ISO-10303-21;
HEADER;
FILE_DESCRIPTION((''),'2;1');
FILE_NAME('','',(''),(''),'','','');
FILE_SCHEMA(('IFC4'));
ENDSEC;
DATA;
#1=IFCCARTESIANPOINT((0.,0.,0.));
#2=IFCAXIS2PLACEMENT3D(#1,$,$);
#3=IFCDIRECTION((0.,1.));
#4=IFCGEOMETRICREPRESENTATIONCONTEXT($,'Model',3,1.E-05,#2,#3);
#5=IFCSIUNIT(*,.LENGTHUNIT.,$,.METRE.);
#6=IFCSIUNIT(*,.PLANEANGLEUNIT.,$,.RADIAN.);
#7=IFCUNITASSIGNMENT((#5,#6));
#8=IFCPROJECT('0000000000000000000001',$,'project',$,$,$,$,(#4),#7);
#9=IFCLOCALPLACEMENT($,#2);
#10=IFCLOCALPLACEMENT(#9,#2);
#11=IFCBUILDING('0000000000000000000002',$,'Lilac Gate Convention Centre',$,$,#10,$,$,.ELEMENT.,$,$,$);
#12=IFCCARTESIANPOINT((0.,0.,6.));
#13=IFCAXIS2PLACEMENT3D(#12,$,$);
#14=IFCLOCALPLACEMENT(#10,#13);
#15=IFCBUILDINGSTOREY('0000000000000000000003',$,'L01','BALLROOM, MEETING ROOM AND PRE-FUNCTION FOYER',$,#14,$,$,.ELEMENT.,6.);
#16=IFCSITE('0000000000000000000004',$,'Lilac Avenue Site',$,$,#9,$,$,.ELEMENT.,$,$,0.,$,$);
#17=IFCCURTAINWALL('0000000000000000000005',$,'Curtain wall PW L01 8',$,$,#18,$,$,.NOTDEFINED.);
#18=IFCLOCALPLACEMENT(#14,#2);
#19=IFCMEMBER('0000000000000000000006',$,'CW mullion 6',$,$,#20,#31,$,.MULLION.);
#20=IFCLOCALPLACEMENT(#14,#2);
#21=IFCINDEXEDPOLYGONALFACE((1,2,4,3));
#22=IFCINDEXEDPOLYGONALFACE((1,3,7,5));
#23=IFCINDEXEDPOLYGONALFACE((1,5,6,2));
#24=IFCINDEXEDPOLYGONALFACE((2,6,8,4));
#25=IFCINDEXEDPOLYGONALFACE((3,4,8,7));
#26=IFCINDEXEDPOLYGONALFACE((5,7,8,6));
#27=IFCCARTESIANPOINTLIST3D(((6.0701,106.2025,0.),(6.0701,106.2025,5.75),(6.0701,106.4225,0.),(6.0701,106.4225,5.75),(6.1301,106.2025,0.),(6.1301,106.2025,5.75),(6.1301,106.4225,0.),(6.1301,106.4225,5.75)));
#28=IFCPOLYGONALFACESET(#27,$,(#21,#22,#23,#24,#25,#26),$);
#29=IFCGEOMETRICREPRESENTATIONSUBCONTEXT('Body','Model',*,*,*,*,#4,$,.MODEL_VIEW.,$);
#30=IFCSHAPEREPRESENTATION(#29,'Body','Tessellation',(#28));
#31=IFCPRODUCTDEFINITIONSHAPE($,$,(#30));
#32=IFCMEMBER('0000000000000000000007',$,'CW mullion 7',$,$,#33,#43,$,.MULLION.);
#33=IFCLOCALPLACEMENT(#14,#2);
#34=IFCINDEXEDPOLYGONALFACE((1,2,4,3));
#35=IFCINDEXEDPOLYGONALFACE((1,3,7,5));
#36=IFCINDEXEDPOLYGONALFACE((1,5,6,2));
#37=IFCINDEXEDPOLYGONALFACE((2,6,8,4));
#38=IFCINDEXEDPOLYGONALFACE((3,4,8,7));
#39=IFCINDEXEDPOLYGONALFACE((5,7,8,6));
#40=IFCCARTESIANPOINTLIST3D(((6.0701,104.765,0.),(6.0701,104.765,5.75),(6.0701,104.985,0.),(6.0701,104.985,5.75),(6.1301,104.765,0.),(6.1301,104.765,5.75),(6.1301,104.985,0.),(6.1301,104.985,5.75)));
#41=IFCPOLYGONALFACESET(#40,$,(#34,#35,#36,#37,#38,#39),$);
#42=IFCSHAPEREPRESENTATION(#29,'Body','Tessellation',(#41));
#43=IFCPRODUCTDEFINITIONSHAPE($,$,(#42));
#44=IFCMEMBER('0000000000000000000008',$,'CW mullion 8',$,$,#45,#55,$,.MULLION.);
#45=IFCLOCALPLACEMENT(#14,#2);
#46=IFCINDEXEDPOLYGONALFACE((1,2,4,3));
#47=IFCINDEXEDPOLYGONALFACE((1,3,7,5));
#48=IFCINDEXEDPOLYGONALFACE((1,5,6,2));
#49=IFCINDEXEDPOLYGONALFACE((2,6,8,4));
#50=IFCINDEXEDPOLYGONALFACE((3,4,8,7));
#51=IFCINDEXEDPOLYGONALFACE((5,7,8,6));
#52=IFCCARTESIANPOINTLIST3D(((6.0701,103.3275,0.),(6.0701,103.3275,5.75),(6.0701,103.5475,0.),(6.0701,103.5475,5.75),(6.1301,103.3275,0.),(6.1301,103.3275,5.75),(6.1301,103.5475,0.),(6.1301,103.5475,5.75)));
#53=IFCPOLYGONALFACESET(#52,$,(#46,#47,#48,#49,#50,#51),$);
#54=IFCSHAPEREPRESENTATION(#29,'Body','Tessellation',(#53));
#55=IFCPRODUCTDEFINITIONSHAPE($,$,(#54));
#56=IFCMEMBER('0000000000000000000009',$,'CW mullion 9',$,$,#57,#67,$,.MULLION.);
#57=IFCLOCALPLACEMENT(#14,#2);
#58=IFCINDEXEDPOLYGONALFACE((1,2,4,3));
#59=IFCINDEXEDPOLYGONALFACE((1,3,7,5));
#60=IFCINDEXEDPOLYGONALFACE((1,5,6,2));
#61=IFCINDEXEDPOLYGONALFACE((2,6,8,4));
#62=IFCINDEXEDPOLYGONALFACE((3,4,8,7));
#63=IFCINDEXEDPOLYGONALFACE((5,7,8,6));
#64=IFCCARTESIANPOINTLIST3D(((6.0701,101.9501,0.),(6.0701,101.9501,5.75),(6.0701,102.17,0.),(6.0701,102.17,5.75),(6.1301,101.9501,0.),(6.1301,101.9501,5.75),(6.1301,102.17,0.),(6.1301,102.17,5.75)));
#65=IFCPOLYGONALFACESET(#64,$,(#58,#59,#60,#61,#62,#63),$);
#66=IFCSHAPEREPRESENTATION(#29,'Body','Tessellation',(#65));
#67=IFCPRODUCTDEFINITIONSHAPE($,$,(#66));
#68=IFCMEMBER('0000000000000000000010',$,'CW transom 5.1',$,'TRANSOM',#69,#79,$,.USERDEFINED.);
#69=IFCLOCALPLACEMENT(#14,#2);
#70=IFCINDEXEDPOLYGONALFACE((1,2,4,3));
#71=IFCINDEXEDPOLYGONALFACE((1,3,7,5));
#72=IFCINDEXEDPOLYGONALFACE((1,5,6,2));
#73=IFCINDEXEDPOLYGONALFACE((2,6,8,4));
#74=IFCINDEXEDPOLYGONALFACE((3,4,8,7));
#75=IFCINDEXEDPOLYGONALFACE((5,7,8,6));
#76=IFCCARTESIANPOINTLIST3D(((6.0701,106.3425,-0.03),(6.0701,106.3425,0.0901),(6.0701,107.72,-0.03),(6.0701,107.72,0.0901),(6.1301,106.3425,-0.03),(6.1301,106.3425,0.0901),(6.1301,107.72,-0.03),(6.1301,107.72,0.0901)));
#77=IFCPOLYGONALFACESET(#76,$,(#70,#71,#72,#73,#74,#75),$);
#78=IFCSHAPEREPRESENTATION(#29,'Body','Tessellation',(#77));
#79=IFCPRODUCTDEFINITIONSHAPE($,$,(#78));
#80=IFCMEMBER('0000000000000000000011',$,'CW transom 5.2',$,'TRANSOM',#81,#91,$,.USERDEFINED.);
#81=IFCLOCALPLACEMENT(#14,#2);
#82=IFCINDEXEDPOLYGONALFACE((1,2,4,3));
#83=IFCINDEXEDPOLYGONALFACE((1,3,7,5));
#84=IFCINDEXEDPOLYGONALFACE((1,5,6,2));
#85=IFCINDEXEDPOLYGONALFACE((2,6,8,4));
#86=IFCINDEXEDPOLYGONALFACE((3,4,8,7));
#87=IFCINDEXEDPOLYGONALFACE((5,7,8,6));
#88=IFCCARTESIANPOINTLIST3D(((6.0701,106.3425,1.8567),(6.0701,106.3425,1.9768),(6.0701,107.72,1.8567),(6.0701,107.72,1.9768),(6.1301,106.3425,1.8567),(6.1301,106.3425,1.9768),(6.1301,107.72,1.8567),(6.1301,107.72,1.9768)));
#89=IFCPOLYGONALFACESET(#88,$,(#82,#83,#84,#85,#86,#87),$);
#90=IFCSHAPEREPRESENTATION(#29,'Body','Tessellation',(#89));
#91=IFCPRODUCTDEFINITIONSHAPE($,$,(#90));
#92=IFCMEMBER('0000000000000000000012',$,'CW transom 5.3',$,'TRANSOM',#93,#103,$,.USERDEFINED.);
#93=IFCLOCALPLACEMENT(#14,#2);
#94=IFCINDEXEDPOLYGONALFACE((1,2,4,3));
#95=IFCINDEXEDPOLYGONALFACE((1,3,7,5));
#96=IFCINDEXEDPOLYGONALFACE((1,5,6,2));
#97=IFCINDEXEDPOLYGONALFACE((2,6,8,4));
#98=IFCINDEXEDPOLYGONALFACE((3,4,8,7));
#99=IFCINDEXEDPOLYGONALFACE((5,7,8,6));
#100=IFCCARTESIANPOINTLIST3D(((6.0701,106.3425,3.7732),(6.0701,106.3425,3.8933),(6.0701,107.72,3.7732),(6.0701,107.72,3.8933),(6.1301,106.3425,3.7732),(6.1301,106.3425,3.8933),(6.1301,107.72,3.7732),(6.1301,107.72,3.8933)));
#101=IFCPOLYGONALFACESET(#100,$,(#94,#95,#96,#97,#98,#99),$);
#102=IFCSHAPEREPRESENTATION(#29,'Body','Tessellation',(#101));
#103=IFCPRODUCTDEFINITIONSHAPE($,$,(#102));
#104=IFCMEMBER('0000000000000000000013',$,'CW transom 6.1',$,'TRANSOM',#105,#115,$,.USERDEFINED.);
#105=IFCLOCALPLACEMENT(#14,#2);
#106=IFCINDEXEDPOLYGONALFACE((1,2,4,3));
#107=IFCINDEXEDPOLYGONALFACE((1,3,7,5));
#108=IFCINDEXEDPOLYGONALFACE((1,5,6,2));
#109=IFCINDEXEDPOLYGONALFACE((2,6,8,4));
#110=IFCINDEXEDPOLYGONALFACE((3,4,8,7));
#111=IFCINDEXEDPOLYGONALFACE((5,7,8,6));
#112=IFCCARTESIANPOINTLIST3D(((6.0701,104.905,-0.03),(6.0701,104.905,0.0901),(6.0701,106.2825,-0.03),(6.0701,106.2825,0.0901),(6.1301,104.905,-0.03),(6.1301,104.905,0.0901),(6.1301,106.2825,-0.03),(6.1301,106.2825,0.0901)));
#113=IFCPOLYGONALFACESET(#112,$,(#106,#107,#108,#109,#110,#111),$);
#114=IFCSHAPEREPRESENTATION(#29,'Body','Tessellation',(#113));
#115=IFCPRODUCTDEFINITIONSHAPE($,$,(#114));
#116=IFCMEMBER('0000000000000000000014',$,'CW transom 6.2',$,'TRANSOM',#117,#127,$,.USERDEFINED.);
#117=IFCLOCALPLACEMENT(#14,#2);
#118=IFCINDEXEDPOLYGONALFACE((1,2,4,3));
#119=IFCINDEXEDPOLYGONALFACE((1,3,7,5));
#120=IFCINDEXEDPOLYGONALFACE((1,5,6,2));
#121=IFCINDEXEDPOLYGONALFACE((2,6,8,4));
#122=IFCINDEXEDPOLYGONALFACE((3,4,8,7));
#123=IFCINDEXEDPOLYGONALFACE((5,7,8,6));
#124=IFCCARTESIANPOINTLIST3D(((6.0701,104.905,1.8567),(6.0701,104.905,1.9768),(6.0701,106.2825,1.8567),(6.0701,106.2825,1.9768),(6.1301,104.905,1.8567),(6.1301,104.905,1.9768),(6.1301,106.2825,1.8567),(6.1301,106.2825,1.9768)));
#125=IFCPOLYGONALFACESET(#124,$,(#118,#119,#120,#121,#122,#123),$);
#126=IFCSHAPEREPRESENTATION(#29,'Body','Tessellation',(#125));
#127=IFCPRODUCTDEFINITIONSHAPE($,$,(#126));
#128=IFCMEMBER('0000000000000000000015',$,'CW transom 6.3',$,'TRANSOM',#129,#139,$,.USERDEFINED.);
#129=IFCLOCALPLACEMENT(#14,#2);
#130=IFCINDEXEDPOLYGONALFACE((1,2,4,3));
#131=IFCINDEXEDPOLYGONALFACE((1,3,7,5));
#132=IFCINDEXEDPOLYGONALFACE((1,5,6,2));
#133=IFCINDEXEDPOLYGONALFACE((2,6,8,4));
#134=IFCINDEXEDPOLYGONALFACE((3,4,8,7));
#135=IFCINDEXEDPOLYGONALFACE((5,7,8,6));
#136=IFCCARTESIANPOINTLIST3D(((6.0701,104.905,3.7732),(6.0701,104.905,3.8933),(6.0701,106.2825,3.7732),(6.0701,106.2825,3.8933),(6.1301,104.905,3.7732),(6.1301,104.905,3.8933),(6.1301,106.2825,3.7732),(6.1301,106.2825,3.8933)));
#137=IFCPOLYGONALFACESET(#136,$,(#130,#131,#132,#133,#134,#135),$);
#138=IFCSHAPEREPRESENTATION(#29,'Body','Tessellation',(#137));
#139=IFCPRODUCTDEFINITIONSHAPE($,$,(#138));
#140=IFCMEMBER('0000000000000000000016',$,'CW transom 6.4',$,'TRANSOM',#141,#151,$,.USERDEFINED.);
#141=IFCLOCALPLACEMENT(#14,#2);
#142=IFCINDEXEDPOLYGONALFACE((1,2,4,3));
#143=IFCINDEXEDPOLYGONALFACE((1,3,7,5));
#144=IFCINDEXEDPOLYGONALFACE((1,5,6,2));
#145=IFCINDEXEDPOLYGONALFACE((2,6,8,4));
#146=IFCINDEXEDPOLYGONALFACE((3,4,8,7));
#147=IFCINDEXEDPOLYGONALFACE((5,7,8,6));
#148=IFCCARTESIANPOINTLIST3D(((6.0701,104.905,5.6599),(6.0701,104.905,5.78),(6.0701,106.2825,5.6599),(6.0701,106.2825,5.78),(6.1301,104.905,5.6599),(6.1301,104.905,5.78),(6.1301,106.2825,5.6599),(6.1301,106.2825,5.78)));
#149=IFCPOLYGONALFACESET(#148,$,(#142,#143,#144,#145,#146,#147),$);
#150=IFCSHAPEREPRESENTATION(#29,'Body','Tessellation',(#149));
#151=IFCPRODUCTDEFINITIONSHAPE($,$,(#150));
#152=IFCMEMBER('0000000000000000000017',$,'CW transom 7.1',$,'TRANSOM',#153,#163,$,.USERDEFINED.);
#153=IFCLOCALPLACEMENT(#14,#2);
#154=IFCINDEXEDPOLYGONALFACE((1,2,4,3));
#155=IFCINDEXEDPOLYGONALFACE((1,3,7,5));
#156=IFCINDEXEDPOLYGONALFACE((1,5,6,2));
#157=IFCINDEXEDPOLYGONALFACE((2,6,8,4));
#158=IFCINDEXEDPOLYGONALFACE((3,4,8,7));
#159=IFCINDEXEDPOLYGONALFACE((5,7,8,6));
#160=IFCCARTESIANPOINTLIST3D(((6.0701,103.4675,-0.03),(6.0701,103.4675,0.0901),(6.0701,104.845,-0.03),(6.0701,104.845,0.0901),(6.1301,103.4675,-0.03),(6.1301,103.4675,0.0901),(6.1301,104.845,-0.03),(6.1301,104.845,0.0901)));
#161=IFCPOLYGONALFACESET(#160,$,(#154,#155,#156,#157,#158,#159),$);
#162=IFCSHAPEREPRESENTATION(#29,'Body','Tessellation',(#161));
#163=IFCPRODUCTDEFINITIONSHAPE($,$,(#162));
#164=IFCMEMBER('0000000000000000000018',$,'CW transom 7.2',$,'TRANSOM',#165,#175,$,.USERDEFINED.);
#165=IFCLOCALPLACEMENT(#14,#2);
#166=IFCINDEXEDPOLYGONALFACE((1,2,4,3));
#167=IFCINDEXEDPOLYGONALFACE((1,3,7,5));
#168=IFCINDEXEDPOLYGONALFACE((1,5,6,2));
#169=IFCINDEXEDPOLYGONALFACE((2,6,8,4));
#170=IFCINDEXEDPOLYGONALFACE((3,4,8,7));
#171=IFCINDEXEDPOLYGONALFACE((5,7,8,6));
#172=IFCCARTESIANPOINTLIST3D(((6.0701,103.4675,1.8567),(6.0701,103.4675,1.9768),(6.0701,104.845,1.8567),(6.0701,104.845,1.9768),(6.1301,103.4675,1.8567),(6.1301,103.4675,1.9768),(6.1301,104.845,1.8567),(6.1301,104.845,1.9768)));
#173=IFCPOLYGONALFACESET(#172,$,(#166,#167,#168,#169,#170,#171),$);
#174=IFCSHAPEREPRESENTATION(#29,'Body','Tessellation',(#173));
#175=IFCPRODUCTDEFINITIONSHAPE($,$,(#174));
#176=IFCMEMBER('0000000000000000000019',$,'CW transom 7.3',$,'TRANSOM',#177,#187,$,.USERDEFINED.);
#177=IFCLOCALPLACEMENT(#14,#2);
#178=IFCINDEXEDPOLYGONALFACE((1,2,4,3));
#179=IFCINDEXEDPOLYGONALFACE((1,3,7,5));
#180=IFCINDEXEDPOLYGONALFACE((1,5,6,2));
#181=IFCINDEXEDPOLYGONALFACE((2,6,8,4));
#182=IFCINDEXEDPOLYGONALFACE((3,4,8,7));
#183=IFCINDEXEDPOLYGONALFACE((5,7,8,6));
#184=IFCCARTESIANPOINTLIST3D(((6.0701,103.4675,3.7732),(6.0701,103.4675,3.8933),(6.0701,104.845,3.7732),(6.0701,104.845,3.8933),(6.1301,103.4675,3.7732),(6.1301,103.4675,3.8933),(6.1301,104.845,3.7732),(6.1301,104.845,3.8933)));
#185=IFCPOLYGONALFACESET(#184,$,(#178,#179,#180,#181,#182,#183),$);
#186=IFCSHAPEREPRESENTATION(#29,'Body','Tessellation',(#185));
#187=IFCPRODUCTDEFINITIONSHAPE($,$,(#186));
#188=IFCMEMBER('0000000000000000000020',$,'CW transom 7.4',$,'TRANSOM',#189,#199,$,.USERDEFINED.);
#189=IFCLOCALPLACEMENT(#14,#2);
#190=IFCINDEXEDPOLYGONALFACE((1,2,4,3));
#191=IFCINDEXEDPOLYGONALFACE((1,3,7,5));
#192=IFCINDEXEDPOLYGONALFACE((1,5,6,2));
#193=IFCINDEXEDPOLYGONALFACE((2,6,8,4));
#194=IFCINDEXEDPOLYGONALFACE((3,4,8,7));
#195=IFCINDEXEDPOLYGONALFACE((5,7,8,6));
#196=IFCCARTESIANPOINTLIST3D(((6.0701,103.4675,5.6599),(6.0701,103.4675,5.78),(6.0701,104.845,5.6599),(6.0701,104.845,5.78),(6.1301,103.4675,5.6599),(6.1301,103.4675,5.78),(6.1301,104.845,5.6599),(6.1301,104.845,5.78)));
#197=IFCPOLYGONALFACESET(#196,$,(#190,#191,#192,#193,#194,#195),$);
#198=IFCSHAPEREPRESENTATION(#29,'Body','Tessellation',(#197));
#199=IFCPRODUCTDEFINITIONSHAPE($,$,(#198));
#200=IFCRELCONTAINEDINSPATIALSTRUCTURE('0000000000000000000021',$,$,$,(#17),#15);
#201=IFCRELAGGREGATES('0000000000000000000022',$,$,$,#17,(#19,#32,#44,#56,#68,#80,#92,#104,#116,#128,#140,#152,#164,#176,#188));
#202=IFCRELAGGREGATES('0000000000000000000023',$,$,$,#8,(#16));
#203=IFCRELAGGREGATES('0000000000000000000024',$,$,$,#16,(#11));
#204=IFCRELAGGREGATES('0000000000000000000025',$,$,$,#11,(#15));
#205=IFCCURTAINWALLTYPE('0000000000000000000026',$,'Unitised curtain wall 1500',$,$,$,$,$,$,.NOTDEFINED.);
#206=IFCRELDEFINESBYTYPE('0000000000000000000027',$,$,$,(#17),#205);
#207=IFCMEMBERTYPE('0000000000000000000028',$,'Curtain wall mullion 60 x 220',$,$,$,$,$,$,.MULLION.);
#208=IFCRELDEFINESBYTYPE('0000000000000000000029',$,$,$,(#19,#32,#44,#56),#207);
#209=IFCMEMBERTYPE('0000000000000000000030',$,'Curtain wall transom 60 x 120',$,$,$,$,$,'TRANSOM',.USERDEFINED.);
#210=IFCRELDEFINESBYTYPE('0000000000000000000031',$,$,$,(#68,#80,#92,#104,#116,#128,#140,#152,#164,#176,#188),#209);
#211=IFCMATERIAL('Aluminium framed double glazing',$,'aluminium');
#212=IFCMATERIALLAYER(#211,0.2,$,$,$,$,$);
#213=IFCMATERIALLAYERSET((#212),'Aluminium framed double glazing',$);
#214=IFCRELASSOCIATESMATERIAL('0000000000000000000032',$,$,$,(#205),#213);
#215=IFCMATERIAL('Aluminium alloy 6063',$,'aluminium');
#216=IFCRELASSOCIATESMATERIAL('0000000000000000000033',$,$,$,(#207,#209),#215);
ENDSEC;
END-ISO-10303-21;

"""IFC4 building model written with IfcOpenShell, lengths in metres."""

from ifc_helpers import new_model, si_unit, direction, frame, origin, origin_2d, place, context, subcontext, project, spatial, rectangle, extrude, material, layer, layer_set, material_profile, profile_set, type_object, element, aggregate, save


model = new_model("IFC4")

# Units and contexts
model_context = context("Model", 3, precision=1e-05, world=origin(), true_north=direction((0.0, 1.0)))
body_context = subcontext(model_context, "Body", "Model", "MODEL_VIEW")
ifc_project = project(units=[si_unit("LENGTHUNIT", "METRE"), si_unit("PLANEANGLEUNIT", "RADIAN")], contexts=[model_context])

# Site, building, storey
site_placement = place(None, origin())
site = spatial("IfcSite", under=ifc_project, at=site_placement, Name="Lilac Avenue Site", CompositionType="ELEMENT", RefElevation=0.0)
building_placement = place(site_placement, origin())
building = spatial("IfcBuilding", under=site, at=building_placement, Name="Lilac Gate Convention Centre", CompositionType="ELEMENT")
storey_placement = place(building_placement, frame((0.0, 0.0, 6.0)))
storey = spatial("IfcBuildingStorey", under=building, at=storey_placement, Name="L01", Description="BALLROOM, MEETING ROOM AND PRE-FUNCTION FOYER", CompositionType="ELEMENT", Elevation=6.0)

# Curtain wall, members
ifc_material_1 = material(Name="Aluminium framed double glazing", Category="aluminium")
ifc_layer_1 = layer(ifc_material_1, 0.2)
ifc_layer_set_1 = layer_set([ifc_layer_1], Name="Aluminium framed double glazing")
curtain_wall_type = type_object("IfcCurtainWallType", Name="Unitised curtain wall 1500", PredefinedType="NOTDEFINED", material=ifc_layer_set_1)
curtain_wall_placement = place(storey_placement, origin())
curtain_wall = element("IfcCurtainWall", 1, at=curtain_wall_placement, inside=storey, type_object=curtain_wall_type, Name="Curtain wall PW L01 8", PredefinedType="NOTDEFINED")
ifc_material_2 = material(Name="Aluminium alloy 6063", Category="aluminium")
ifc_material_profile_1 = material_profile(ifc_material_2, rectangle(XDim=0.0601, YDim=0.22, at=origin_2d()), Name="Curtain wall mullion 60 x 220")
ifc_profile_set_1 = profile_set([ifc_material_profile_1], Name="Aluminium alloy 6063")
member_type_1 = type_object("IfcMemberType", Name="Curtain wall mullion 60 x 220", PredefinedType="MULLION", material=ifc_profile_set_1)
member_1_placement = place(storey_placement, frame((6.1001, 106.3125, 0.0), z_axis=(0.0, 0.0, 1.0), x_axis=(1.0, 0.0, 0.0)))
member_1 = element("IfcMember", 2, at=member_1_placement, type_object=member_type_1, Name="CW mullion 6", PredefinedType="MULLION", context=body_context, shape_type="SweptSolid", body=[
    extrude(rectangle(XDim=0.0601, YDim=0.22, at=origin_2d()), origin(), (0.0, 0.0, 1.0), 5.75),
])
member_2_placement = place(storey_placement, frame((6.1001, 104.875, 0.0), z_axis=(0.0, 0.0, 1.0), x_axis=(1.0, 0.0, 0.0)))
member_2 = element("IfcMember", 3, at=member_2_placement, type_object=member_type_1, Name="CW mullion 7", PredefinedType="MULLION", context=body_context, shape_type="SweptSolid", body=[
    extrude(rectangle(XDim=0.0601, YDim=0.22, at=origin_2d()), origin(), (0.0, 0.0, 1.0), 5.75),
])
member_3_placement = place(storey_placement, frame((6.1001, 103.4375, 0.0), z_axis=(0.0, 0.0, 1.0), x_axis=(1.0, 0.0, 0.0)))
member_3 = element("IfcMember", 4, at=member_3_placement, type_object=member_type_1, Name="CW mullion 8", PredefinedType="MULLION", context=body_context, shape_type="SweptSolid", body=[
    extrude(rectangle(XDim=0.0601, YDim=0.22, at=origin_2d()), origin(), (0.0, 0.0, 1.0), 5.75),
])
member_4_placement = place(storey_placement, frame((6.1001, 102.0601, 0.0), z_axis=(0.0, 0.0, 1.0), x_axis=(1.0, 0.0, 0.0)))
member_4 = element("IfcMember", 5, at=member_4_placement, type_object=member_type_1, Name="CW mullion 9", PredefinedType="MULLION", context=body_context, shape_type="SweptSolid", body=[
    extrude(rectangle(XDim=0.0601, YDim=0.22, at=origin_2d()), origin(), (0.0, 0.0, 1.0), 5.75),
])
ifc_material_profile_2 = material_profile(ifc_material_2, rectangle(XDim=0.0601, YDim=0.1201, at=origin_2d()), Name="Curtain wall transom 60 x 120")
ifc_profile_set_2 = profile_set([ifc_material_profile_2], Name="Aluminium alloy 6063")
member_type_2 = type_object("IfcMemberType", Name="Curtain wall transom 60 x 120", ElementType="TRANSOM", PredefinedType="USERDEFINED", material=ifc_profile_set_2)
member_5_placement = place(storey_placement, frame((6.1001, 107.72, 0.03), z_axis=(0.0, -1.0, 0.0), x_axis=(1.0, 0.0, 0.0)))
member_5 = element("IfcMember", 6, at=member_5_placement, type_object=member_type_2, Name="CW transom 5.1", ObjectType="TRANSOM", PredefinedType="USERDEFINED", context=body_context, shape_type="SweptSolid", body=[
    extrude(rectangle(XDim=0.0601, YDim=0.1201, at=origin_2d()), origin(), (0.0, 0.0, 1.0), 1.3774),
])
member_6_placement = place(storey_placement, frame((6.1001, 107.72, 1.9167), z_axis=(0.0, -1.0, 0.0), x_axis=(1.0, 0.0, 0.0)))
member_6 = element("IfcMember", 7, at=member_6_placement, type_object=member_type_2, Name="CW transom 5.2", ObjectType="TRANSOM", PredefinedType="USERDEFINED", context=body_context, shape_type="SweptSolid", body=[
    extrude(rectangle(XDim=0.0601, YDim=0.1201, at=origin_2d()), origin(), (0.0, 0.0, 1.0), 1.3774),
])
member_7_placement = place(storey_placement, frame((6.1001, 107.72, 3.8333), z_axis=(0.0, -1.0, 0.0), x_axis=(1.0, 0.0, 0.0)))
member_7 = element("IfcMember", 8, at=member_7_placement, type_object=member_type_2, Name="CW transom 5.3", ObjectType="TRANSOM", PredefinedType="USERDEFINED", context=body_context, shape_type="SweptSolid", body=[
    extrude(rectangle(XDim=0.0601, YDim=0.1201, at=origin_2d()), origin(), (0.0, 0.0, 1.0), 1.3774),
])
member_8_placement = place(storey_placement, frame((6.1001, 106.2825, 0.03), z_axis=(0.0, -1.0, 0.0), x_axis=(1.0, 0.0, 0.0)))
member_8 = element("IfcMember", 9, at=member_8_placement, type_object=member_type_2, Name="CW transom 6.1", ObjectType="TRANSOM", PredefinedType="USERDEFINED", context=body_context, shape_type="SweptSolid", body=[
    extrude(rectangle(XDim=0.0601, YDim=0.1201, at=origin_2d()), origin(), (0.0, 0.0, 1.0), 1.3774),
])
member_9_placement = place(storey_placement, frame((6.1001, 106.2825, 1.9167), z_axis=(0.0, -1.0, 0.0), x_axis=(1.0, 0.0, 0.0)))
member_9 = element("IfcMember", 10, at=member_9_placement, type_object=member_type_2, Name="CW transom 6.2", ObjectType="TRANSOM", PredefinedType="USERDEFINED", context=body_context, shape_type="SweptSolid", body=[
    extrude(rectangle(XDim=0.0601, YDim=0.1201, at=origin_2d()), origin(), (0.0, 0.0, 1.0), 1.3774),
])
member_10_placement = place(storey_placement, frame((6.1001, 106.2825, 3.8333), z_axis=(0.0, -1.0, 0.0), x_axis=(1.0, 0.0, 0.0)))
member_10 = element("IfcMember", 11, at=member_10_placement, type_object=member_type_2, Name="CW transom 6.3", ObjectType="TRANSOM", PredefinedType="USERDEFINED", context=body_context, shape_type="SweptSolid", body=[
    extrude(rectangle(XDim=0.0601, YDim=0.1201, at=origin_2d()), origin(), (0.0, 0.0, 1.0), 1.3774),
])
member_11_placement = place(storey_placement, frame((6.1001, 106.2825, 5.72), z_axis=(0.0, -1.0, 0.0), x_axis=(1.0, 0.0, 0.0)))
member_11 = element("IfcMember", 12, at=member_11_placement, type_object=member_type_2, Name="CW transom 6.4", ObjectType="TRANSOM", PredefinedType="USERDEFINED", context=body_context, shape_type="SweptSolid", body=[
    extrude(rectangle(XDim=0.0601, YDim=0.1201, at=origin_2d()), origin(), (0.0, 0.0, 1.0), 1.3774),
])
member_12_placement = place(storey_placement, frame((6.1001, 104.845, 0.03), z_axis=(0.0, -1.0, 0.0), x_axis=(1.0, 0.0, 0.0)))
member_12 = element("IfcMember", 13, at=member_12_placement, type_object=member_type_2, Name="CW transom 7.1", ObjectType="TRANSOM", PredefinedType="USERDEFINED", context=body_context, shape_type="SweptSolid", body=[
    extrude(rectangle(XDim=0.0601, YDim=0.1201, at=origin_2d()), origin(), (0.0, 0.0, 1.0), 1.3774),
])
member_13_placement = place(storey_placement, frame((6.1001, 104.845, 1.9167), z_axis=(0.0, -1.0, 0.0), x_axis=(1.0, 0.0, 0.0)))
member_13 = element("IfcMember", 14, at=member_13_placement, type_object=member_type_2, Name="CW transom 7.2", ObjectType="TRANSOM", PredefinedType="USERDEFINED", context=body_context, shape_type="SweptSolid", body=[
    extrude(rectangle(XDim=0.0601, YDim=0.1201, at=origin_2d()), origin(), (0.0, 0.0, 1.0), 1.3774),
])
member_14_placement = place(storey_placement, frame((6.1001, 104.845, 3.8333), z_axis=(0.0, -1.0, 0.0), x_axis=(1.0, 0.0, 0.0)))
member_14 = element("IfcMember", 15, at=member_14_placement, type_object=member_type_2, Name="CW transom 7.3", ObjectType="TRANSOM", PredefinedType="USERDEFINED", context=body_context, shape_type="SweptSolid", body=[
    extrude(rectangle(XDim=0.0601, YDim=0.1201, at=origin_2d()), origin(), (0.0, 0.0, 1.0), 1.3774),
])
member_15_placement = place(storey_placement, frame((6.1001, 104.845, 5.72), z_axis=(0.0, -1.0, 0.0), x_axis=(1.0, 0.0, 0.0)))
member_15 = element("IfcMember", 16, at=member_15_placement, type_object=member_type_2, Name="CW transom 7.4", ObjectType="TRANSOM", PredefinedType="USERDEFINED", context=body_context, shape_type="SweptSolid", body=[
    extrude(rectangle(XDim=0.0601, YDim=0.1201, at=origin_2d()), origin(), (0.0, 0.0, 1.0), 1.3774),
])

aggregate(curtain_wall, [member_1, member_2, member_3, member_4, member_5, member_6, member_7, member_8, member_9, member_10, member_11, member_12, member_13, member_14, member_15])

save(model, "model.ifc")
